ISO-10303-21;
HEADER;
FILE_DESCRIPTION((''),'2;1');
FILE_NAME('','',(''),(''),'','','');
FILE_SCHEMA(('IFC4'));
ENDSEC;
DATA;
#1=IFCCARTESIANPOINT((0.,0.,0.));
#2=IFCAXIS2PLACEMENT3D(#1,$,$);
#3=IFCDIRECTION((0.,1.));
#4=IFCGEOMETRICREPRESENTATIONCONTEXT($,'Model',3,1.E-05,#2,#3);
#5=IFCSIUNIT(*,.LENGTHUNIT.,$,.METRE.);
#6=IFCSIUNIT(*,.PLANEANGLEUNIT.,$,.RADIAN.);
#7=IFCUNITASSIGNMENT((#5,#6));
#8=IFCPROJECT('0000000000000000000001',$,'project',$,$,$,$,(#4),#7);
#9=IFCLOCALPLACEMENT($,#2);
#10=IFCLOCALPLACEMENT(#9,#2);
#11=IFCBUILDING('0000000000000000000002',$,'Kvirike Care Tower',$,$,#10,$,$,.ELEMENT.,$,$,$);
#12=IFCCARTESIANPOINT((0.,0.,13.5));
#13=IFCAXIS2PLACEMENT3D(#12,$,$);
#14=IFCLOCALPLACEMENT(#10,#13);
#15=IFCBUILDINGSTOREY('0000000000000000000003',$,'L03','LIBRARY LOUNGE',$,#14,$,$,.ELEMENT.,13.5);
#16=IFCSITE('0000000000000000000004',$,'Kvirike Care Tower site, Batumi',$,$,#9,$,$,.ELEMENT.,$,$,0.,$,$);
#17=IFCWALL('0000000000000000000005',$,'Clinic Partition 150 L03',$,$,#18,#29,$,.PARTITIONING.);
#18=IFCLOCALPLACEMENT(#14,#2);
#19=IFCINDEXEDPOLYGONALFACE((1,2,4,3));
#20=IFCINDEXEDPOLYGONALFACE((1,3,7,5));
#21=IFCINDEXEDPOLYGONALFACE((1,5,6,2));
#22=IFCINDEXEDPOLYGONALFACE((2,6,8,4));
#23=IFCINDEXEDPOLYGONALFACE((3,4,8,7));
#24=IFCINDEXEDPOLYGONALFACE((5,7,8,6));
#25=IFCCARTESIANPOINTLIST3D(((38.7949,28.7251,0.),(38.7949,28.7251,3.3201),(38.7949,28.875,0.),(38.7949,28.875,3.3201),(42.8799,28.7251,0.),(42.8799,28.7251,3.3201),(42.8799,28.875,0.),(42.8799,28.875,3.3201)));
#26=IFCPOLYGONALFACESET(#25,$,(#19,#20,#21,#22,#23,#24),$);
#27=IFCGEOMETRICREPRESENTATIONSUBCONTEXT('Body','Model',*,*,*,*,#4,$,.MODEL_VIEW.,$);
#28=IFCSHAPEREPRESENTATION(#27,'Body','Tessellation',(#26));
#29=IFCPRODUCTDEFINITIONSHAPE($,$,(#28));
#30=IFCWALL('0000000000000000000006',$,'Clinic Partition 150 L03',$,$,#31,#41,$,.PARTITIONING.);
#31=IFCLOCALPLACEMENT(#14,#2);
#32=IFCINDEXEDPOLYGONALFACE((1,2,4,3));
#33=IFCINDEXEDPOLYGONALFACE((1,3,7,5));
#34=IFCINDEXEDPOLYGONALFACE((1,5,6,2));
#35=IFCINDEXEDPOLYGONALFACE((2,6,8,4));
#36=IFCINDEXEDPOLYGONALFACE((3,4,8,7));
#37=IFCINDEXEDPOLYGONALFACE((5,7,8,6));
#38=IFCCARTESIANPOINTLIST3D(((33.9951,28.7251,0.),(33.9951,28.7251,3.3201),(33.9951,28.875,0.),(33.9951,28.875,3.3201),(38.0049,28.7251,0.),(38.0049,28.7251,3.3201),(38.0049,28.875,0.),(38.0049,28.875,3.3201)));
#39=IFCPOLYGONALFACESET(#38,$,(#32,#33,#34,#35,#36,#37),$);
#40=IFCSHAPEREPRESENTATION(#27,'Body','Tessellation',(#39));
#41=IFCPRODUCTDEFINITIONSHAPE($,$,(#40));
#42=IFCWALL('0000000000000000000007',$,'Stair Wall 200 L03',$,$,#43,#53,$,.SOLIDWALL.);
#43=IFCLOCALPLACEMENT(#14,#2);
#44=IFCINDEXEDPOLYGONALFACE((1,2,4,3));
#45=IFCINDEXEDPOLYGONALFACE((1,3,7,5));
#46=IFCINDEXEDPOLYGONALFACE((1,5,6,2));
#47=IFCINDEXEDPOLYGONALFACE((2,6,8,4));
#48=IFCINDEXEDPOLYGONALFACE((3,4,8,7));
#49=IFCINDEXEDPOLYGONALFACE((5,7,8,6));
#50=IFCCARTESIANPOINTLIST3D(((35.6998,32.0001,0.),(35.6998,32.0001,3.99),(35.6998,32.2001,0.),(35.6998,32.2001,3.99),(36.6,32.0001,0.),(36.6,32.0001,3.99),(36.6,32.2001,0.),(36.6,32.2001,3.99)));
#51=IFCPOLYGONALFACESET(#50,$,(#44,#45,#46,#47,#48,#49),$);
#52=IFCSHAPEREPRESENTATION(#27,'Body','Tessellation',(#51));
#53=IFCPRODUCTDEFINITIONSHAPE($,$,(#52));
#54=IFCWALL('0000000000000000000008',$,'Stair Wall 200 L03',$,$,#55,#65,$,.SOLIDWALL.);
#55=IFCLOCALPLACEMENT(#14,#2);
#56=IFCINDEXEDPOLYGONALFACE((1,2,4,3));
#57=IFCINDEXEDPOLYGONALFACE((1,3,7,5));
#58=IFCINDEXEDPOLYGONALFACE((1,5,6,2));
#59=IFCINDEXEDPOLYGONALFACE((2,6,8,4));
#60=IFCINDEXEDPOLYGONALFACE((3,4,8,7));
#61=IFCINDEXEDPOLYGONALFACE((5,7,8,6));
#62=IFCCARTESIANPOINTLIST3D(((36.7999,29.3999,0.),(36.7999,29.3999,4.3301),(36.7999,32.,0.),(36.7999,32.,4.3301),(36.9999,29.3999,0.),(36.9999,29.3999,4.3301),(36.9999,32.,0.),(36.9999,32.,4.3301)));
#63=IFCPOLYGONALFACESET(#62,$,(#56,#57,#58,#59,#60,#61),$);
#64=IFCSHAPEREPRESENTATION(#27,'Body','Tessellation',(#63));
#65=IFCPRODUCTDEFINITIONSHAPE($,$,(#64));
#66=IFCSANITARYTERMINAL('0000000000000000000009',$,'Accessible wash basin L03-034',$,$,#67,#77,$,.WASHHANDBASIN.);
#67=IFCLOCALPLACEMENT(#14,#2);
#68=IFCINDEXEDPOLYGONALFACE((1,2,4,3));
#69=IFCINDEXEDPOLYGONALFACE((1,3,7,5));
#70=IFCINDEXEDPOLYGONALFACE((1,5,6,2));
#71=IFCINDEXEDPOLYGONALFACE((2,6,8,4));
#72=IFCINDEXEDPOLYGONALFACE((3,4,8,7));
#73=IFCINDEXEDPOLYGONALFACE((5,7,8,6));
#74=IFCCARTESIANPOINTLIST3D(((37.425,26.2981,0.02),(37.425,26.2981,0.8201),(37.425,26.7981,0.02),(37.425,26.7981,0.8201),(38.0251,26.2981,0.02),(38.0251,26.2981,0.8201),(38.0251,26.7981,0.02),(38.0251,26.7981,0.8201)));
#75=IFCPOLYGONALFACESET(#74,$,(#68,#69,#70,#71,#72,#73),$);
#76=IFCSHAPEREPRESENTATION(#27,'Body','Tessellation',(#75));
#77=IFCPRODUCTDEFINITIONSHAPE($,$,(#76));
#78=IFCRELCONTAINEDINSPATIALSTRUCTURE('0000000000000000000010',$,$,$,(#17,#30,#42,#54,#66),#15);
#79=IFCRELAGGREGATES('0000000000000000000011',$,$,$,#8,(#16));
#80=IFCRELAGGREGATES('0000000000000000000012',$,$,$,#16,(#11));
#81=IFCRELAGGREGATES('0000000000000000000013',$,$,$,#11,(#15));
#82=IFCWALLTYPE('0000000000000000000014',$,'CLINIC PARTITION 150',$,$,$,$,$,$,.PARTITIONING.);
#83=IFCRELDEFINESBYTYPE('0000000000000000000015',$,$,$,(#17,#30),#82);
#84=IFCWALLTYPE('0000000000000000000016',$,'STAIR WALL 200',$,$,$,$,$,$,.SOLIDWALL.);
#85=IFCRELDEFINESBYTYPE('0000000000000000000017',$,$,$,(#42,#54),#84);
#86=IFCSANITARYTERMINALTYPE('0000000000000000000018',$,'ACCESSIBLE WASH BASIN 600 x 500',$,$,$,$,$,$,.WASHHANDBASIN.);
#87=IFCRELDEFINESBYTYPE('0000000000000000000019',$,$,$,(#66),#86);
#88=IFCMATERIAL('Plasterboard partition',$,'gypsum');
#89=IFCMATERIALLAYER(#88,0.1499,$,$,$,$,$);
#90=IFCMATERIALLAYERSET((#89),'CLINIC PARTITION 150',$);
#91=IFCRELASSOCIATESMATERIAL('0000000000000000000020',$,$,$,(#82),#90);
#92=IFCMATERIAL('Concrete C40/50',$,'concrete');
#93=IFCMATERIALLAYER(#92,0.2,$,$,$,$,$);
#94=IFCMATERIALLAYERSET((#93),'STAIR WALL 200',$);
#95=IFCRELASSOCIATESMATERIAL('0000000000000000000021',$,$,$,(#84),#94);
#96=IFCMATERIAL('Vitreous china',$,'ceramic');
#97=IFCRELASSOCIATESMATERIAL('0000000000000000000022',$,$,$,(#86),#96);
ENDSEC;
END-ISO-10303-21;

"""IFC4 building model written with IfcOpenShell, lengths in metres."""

from ifc_helpers import new_model, si_unit, direction, frame, frame_2d, origin, origin_2d, place, context, subcontext, project, spatial, rectangle, extrude, material, layer, layer_set, type_object, element, save


model = new_model("IFC4")

# Units and contexts
model_context = context("Model", 3, precision=1e-05, world=origin(), true_north=direction((0.0, 1.0)))
body_context = subcontext(model_context, "Body", "Model", "MODEL_VIEW")
ifc_project = project(units=[si_unit("LENGTHUNIT", "METRE"), si_unit("PLANEANGLEUNIT", "RADIAN")], contexts=[model_context])

# Site, building, storey
site_placement = place(None, origin())
site = spatial("IfcSite", under=ifc_project, at=site_placement, Name="Kvirike Care Tower site, Batumi", CompositionType="ELEMENT", RefElevation=0.0)
building_placement = place(site_placement, origin())
building = spatial("IfcBuilding", under=site, at=building_placement, Name="Kvirike Care Tower", CompositionType="ELEMENT")
storey_placement = place(building_placement, frame((0.0, 0.0, 13.5)))
storey = spatial("IfcBuildingStorey", under=building, at=storey_placement, Name="L03", Description="LIBRARY LOUNGE", CompositionType="ELEMENT", Elevation=13.5)

# Walls
ifc_material_1 = material(Name="Plasterboard partition", Category="gypsum")
ifc_layer_1 = layer(ifc_material_1, 0.1499)
ifc_layer_set_1 = layer_set([ifc_layer_1], Name="CLINIC PARTITION 150")
wall_type_1 = type_object("IfcWallType", Name="CLINIC PARTITION 150", PredefinedType="PARTITIONING", material=ifc_layer_set_1)
wall_1_placement = place(storey_placement, frame((42.8799, 28.8, 0.0), z_axis=(0.0, 0.0, 1.0), x_axis=(-1.0, 0.0, 0.0)))
element("IfcWall", 1, at=wall_1_placement, inside=storey, type_object=wall_type_1, Name="Clinic Partition 150 L03", PredefinedType="PARTITIONING", context=body_context, shape_type="SweptSolid", body=[
    extrude(rectangle(XDim=4.085, YDim=0.1499, at=frame_2d((2.0425, 0.0))), origin(), (0.0, 0.0, 1.0), 3.3201),
])
wall_2_placement = place(storey_placement, frame((38.0049, 28.8, 0.0), z_axis=(0.0, 0.0, 1.0), x_axis=(-1.0, 0.0, 0.0)))
element("IfcWall", 2, at=wall_2_placement, inside=storey, type_object=wall_type_1, Name="Clinic Partition 150 L03", PredefinedType="PARTITIONING", context=body_context, shape_type="SweptSolid", body=[
    extrude(rectangle(XDim=4.0098, YDim=0.1499, at=frame_2d((2.0049, 0.0))), origin(), (0.0, 0.0, 1.0), 3.3201),
])
ifc_material_2 = material(Name="Concrete C40/50", Category="concrete")
ifc_layer_2 = layer(ifc_material_2, 0.2)
ifc_layer_set_2 = layer_set([ifc_layer_2], Name="STAIR WALL 200")
wall_type_2 = type_object("IfcWallType", Name="STAIR WALL 200", PredefinedType="SOLIDWALL", material=ifc_layer_set_2)
wall_3_placement = place(storey_placement, frame((36.6001, 32.1001, 0.0), z_axis=(0.0, 0.0, 1.0), x_axis=(-1.0, 0.0, 0.0)))
element("IfcWall", 3, at=wall_3_placement, inside=storey, type_object=wall_type_2, Name="Stair Wall 200 L03", PredefinedType="SOLIDWALL", context=body_context, shape_type="SweptSolid", body=[
    extrude(rectangle(XDim=0.9001, YDim=0.2, at=frame_2d((0.4502, 0.0))), origin(), (0.0, 0.0, 1.0), 3.99),
])
wall_4_placement = place(storey_placement, frame((36.8999, 29.3999, 0.0), z_axis=(0.0, 0.0, 1.0), x_axis=(0.0, 1.0, 0.0)))
element("IfcWall", 4, at=wall_4_placement, inside=storey, type_object=wall_type_2, Name="Stair Wall 200 L03", PredefinedType="SOLIDWALL", context=body_context, shape_type="SweptSolid", body=[
    extrude(rectangle(XDim=2.6001, YDim=0.2, at=frame_2d((1.3, 0.0))), origin(), (0.0, 0.0, 1.0), 4.3301),
])

# Sanitary terminal
ifc_material_3 = material(Name="Vitreous china", Category="ceramic")
sanitary_terminal_type = type_object("IfcSanitaryTerminalType", Name="ACCESSIBLE WASH BASIN 600 x 500", PredefinedType="WASHHANDBASIN", material=ifc_material_3)
sanitary_terminal_placement = place(storey_placement, frame((37.7251, 26.5481, 0.02), z_axis=(0.0, 0.0, 1.0), x_axis=(1.0, 0.0, 0.0)))
element("IfcSanitaryTerminal", 5, at=sanitary_terminal_placement, inside=storey, type_object=sanitary_terminal_type, Name="Accessible wash basin L03-034", PredefinedType="WASHHANDBASIN", context=body_context, shape_type="SweptSolid", body=[
    extrude(rectangle(XDim=0.6001, YDim=0.5, at=origin_2d()), origin(), (0.0, 0.0, 1.0), 0.8),
])

save(model, "model.ifc")
